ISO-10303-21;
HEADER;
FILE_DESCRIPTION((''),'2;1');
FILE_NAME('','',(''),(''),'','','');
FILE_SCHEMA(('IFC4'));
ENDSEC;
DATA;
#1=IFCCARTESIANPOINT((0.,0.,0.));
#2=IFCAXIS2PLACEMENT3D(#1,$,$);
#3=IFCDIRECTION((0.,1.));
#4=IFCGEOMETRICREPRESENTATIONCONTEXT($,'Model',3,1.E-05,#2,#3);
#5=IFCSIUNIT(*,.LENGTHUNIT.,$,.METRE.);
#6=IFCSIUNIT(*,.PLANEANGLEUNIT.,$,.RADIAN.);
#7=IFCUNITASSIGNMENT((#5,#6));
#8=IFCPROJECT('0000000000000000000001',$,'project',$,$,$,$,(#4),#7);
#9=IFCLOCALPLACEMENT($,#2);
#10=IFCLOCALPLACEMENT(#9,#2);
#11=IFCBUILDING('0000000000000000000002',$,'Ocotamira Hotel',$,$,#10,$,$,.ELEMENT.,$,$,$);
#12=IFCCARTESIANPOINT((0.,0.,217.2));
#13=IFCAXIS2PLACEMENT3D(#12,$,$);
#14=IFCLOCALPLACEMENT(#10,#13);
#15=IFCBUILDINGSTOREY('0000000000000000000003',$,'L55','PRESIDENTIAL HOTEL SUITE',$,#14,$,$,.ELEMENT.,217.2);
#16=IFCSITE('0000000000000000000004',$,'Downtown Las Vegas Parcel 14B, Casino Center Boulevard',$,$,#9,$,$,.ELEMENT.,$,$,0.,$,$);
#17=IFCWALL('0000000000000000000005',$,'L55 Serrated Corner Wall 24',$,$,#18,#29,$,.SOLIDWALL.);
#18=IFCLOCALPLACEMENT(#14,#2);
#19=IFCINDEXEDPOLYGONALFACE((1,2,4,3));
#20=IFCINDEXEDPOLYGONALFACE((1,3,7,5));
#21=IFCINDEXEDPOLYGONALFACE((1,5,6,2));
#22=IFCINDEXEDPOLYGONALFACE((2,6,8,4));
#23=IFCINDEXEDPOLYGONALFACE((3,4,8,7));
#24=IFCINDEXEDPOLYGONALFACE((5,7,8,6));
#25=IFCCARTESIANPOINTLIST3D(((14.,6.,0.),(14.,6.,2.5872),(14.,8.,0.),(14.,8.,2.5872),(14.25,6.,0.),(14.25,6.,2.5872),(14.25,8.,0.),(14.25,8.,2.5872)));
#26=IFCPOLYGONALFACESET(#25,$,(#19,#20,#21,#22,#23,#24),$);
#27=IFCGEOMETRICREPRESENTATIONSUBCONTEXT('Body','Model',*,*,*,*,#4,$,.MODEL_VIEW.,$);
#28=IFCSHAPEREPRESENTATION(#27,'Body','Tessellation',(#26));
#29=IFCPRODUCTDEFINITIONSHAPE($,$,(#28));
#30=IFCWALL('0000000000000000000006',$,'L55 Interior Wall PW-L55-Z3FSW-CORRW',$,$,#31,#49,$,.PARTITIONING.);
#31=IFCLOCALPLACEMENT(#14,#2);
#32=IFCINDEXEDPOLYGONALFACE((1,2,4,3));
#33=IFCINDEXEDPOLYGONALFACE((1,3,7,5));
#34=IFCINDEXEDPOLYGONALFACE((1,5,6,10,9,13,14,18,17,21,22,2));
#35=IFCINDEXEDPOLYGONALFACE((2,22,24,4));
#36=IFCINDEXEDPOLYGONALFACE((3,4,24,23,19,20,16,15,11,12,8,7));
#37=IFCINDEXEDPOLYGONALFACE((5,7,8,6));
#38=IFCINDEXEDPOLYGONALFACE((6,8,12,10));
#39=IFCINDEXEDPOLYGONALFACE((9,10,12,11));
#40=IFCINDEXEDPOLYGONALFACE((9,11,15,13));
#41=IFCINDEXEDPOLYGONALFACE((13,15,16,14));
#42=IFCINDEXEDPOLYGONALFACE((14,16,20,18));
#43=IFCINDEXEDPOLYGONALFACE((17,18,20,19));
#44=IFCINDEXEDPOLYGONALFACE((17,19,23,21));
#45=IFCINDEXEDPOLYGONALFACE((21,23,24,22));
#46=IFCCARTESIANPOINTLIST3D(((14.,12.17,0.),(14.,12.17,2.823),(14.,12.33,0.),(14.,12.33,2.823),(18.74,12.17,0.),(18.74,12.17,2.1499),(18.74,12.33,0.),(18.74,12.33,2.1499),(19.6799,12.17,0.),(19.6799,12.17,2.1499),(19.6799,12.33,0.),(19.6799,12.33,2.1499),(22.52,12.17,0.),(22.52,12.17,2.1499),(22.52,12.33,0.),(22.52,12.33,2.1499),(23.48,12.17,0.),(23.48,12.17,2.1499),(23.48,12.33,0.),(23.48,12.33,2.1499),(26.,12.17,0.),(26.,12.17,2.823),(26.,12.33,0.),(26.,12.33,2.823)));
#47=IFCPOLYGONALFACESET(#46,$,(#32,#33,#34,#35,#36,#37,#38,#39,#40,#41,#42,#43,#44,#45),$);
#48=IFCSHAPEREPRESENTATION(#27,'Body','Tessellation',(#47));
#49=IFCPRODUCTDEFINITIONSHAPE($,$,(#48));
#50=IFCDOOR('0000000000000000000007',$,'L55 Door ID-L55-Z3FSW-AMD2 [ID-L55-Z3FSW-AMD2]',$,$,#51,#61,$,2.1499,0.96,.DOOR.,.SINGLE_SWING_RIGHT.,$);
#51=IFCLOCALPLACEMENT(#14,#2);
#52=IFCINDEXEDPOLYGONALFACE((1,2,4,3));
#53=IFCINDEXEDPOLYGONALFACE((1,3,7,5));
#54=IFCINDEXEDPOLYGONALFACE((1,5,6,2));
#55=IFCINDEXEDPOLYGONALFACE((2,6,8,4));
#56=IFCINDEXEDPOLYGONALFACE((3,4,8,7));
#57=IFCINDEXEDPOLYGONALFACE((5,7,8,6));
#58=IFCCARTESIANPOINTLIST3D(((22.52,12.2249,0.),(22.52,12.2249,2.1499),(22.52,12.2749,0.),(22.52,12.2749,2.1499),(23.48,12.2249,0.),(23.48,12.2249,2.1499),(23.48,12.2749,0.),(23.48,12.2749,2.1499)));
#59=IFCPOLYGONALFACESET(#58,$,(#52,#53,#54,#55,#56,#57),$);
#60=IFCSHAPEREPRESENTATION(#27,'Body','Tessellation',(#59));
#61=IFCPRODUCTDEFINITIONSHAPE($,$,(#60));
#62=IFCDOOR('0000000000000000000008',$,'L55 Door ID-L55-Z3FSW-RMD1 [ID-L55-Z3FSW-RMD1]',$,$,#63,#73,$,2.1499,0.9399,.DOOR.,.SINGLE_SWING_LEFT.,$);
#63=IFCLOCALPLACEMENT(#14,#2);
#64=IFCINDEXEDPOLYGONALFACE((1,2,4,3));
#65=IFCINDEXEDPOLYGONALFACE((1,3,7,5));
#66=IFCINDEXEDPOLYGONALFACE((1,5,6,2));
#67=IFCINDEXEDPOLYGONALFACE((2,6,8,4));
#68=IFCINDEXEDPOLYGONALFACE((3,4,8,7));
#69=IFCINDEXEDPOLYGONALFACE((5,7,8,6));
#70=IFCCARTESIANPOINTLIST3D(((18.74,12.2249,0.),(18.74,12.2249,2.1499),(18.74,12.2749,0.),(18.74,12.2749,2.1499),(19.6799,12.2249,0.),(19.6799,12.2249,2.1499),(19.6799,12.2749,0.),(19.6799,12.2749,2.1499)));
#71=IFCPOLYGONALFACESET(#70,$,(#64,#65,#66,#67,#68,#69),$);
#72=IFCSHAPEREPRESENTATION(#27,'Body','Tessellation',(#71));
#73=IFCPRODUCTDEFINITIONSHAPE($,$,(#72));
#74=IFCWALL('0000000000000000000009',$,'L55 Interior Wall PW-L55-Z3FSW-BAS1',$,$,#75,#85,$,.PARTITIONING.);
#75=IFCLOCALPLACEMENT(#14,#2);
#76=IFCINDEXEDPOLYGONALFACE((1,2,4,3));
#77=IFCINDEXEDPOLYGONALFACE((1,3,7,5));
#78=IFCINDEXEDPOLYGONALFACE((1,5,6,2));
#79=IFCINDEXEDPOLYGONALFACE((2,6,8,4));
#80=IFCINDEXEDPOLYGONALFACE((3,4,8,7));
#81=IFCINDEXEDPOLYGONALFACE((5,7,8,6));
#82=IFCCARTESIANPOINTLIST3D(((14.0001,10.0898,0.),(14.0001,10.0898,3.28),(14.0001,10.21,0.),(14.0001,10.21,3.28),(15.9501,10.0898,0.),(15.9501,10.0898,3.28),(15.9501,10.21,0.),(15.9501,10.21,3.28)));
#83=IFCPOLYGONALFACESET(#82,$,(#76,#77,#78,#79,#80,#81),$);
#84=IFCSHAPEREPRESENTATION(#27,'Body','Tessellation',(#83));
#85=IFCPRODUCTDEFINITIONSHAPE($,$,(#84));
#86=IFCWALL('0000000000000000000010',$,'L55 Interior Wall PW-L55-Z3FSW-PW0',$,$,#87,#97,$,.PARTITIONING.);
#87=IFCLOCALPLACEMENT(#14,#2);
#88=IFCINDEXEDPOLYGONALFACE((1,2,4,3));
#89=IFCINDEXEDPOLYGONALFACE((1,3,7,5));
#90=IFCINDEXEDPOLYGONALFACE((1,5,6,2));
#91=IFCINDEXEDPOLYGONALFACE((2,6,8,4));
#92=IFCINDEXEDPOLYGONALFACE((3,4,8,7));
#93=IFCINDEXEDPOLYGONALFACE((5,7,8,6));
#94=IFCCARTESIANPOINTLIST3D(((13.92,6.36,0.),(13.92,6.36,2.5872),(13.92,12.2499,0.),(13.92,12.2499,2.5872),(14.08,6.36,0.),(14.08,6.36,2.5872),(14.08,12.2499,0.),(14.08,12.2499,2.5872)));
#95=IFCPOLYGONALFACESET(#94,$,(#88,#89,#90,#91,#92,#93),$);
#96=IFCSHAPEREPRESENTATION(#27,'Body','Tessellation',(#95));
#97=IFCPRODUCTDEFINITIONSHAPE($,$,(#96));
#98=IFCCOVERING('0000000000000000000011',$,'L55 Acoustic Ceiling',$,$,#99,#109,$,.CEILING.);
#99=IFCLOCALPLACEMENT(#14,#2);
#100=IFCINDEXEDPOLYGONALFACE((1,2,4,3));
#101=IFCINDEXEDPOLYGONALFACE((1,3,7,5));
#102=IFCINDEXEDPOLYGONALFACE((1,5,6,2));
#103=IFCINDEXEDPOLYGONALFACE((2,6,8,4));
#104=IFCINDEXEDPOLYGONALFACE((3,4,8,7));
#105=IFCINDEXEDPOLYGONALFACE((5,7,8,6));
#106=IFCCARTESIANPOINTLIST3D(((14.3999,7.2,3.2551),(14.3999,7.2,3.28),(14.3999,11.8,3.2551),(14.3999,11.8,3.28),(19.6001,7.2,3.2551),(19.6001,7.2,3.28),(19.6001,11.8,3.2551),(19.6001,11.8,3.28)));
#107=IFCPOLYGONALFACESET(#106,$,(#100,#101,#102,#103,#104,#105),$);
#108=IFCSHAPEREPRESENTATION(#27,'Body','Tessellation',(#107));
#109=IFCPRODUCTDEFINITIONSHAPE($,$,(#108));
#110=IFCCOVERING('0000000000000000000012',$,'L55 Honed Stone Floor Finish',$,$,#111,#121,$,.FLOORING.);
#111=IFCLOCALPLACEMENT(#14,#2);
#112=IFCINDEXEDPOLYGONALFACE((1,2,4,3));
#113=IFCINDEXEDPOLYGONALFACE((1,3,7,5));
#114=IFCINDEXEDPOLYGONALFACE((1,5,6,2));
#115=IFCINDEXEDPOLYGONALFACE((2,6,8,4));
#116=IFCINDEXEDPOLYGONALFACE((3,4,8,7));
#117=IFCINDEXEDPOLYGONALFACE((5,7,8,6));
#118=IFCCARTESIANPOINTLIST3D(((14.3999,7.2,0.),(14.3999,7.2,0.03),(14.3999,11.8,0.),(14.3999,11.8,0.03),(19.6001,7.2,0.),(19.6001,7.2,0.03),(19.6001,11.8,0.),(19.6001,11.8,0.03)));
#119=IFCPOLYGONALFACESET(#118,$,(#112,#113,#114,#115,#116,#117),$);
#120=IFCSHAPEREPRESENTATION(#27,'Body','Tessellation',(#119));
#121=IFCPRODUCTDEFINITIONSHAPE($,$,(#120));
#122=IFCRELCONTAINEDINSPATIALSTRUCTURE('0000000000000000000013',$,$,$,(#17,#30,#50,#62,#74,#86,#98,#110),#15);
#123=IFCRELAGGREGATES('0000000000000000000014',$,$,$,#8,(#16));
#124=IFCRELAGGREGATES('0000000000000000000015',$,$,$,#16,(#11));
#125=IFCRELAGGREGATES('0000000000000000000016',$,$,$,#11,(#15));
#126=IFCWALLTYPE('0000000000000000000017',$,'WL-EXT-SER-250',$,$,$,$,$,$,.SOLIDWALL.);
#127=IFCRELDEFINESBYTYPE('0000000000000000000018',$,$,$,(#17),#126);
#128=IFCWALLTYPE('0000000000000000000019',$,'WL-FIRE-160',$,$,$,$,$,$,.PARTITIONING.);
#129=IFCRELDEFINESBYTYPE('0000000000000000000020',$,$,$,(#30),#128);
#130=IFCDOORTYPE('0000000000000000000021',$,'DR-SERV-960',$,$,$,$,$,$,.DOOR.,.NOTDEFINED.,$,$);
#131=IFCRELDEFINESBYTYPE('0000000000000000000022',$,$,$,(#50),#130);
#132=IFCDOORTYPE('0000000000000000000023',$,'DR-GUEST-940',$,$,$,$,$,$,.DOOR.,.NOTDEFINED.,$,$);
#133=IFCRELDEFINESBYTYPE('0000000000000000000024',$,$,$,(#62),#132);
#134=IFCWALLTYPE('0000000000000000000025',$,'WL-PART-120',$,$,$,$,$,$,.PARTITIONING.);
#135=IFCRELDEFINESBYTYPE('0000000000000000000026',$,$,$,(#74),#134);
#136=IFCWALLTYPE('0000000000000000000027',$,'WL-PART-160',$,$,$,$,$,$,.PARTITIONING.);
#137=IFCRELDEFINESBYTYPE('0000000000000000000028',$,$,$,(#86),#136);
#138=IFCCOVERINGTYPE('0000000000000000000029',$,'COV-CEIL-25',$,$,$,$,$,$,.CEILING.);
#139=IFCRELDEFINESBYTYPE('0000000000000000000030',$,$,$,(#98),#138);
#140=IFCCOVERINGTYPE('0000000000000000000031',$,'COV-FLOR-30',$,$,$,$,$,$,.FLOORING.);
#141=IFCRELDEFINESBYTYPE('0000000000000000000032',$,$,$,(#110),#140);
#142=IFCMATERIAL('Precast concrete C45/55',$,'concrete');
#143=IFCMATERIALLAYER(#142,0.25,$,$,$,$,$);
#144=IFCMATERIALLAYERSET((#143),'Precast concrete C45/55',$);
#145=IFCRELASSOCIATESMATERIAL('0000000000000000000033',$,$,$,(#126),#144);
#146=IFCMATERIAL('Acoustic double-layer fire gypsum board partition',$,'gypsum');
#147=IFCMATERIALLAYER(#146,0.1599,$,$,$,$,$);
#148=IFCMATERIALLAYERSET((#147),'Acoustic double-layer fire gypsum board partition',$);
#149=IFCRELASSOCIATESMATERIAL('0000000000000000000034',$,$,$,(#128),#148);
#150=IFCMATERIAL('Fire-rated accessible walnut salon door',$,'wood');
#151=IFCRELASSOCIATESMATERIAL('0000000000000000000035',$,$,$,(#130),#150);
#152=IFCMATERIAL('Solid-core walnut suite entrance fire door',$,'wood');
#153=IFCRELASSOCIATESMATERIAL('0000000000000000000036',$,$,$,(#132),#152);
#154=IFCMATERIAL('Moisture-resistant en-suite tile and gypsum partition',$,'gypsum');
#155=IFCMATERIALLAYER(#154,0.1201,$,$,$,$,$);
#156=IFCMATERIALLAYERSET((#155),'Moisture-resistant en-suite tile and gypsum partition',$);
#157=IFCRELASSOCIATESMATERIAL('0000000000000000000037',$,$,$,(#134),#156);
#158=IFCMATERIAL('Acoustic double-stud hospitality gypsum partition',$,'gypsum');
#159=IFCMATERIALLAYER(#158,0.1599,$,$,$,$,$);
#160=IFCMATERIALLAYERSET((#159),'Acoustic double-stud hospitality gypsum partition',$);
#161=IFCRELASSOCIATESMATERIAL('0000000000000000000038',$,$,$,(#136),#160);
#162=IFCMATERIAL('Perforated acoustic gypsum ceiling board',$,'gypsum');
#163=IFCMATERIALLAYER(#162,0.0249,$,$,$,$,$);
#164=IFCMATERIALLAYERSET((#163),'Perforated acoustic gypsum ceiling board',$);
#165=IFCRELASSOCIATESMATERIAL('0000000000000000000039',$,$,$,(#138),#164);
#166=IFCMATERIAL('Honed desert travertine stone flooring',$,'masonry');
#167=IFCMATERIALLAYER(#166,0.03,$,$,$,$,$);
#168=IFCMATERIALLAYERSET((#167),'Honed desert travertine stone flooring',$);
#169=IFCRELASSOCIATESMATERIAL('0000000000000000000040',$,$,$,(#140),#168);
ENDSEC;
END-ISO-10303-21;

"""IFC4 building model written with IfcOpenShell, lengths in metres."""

from ifc_helpers import new_model, si_unit, direction, frame, frame_2d, origin, place, context, subcontext, project, spatial, polyline, rectangle, outline, extrude, source, transform, mapped, material, layer, layer_set, type_object, element, fill, save


model = new_model("IFC4")

# Units and contexts
model_context = context("Model", 3, precision=1e-05, world=origin(), true_north=direction((0.0, 1.0)))
body_context = subcontext(model_context, "Body", "Model", "MODEL_VIEW")
ifc_project = project(units=[si_unit("LENGTHUNIT", "METRE"), si_unit("PLANEANGLEUNIT", "RADIAN")], contexts=[model_context])

# Site, building, storey
site_placement = place(None, origin())
site = spatial("IfcSite", under=ifc_project, at=site_placement, Name="Downtown Las Vegas Parcel 14B, Casino Center Boulevard", CompositionType="ELEMENT", RefElevation=0.0)
building_placement = place(site_placement, origin())
building = spatial("IfcBuilding", under=site, at=building_placement, Name="Ocotamira Hotel", CompositionType="ELEMENT")
storey_placement = place(building_placement, frame((0.0, 0.0, 217.2)))
storey = spatial("IfcBuildingStorey", under=building, at=storey_placement, Name="L55", Description="PRESIDENTIAL HOTEL SUITE", CompositionType="ELEMENT", Elevation=217.2)

# Wall
ifc_material_1 = material(Name="Precast concrete C45/55", Category="concrete")
ifc_layer_1 = layer(ifc_material_1, 0.25)
ifc_layer_set_1 = layer_set([ifc_layer_1], Name="Precast concrete C45/55")
wall_type_1 = type_object("IfcWallType", Name="WL-EXT-SER-250", PredefinedType="SOLIDWALL", material=ifc_layer_set_1)
wall_1_placement = place(storey_placement, frame((14.125, 8.0, 0.0), z_axis=(0.0, 0.0, 1.0), x_axis=(0.0, -1.0, 0.0)))
element("IfcWall", 1, at=wall_1_placement, inside=storey, type_object=wall_type_1, Name="L55 Serrated Corner Wall 24", PredefinedType="SOLIDWALL", context=body_context, shape_type="SweptSolid", body=[
    extrude(rectangle(XDim=2.0, YDim=0.25, at=frame_2d((1.0, 0.0))), origin(), (0.0, 0.0, 1.0), 2.5872),
])

# Shared definitions
ifc_material_2 = material(Name="Acoustic double-layer fire gypsum board partition", Category="gypsum")
ifc_layer_2 = layer(ifc_material_2, 0.1599)
ifc_layer_set_2 = layer_set([ifc_layer_2], Name="Acoustic double-layer fire gypsum board partition")
wall_type_2 = type_object("IfcWallType", Name="WL-FIRE-160", PredefinedType="PARTITIONING", material=ifc_layer_set_2)
ifc_material_3 = material(Name="Fire-rated accessible walnut salon door", Category="wood")
door_type_1 = type_object("IfcDoorType", Name="DR-SERV-960", OperationType="NOTDEFINED", PredefinedType="DOOR", material=ifc_material_3)
shared_shape_1 = source(origin(), body_context, "Body", "SweptSolid", [
    extrude(rectangle(XDim=0.96, YDim=2.1499, at=frame_2d((0.48, 1.075))), frame((0.0, 0.0249, 0.0), z_axis=(0.0, -1.0, 0.0), x_axis=(1.0, 0.0, 0.0)), (0.0, 0.0, 1.0), 0.05),
])

# Wall, openings, doors
wall_2_placement = place(storey_placement, frame((14.0, 12.25, 0.0), z_axis=(0.0, 0.0, 1.0), x_axis=(1.0, 0.0, 0.0)))
wall_2 = element("IfcWall", 2, at=wall_2_placement, inside=storey, type_object=wall_type_2, Name="L55 Interior Wall PW-L55-Z3FSW-CORRW", PredefinedType="PARTITIONING", context=body_context, shape_type="SweptSolid", body=[
    extrude(rectangle(XDim=12.0, YDim=0.1599, at=frame_2d((6.0, 0.0))), origin(), (0.0, 0.0, 1.0), 2.823),
])
opening_1_placement = place(wall_2_placement, frame((4.74, 0.0, 0.0)))
opening_1 = element("IfcOpeningElement", 3, at=opening_1_placement, cuts=wall_2, PredefinedType="OPENING", context=body_context, shape_type="SweptSolid", body=[
    extrude(rectangle(XDim=0.9399, YDim=2.1499, at=frame_2d((0.47, 1.075))), frame((0.0, 0.0898, 0.0), z_axis=(0.0, -1.0, 0.0), x_axis=(1.0, 0.0, 0.0)), (0.0, 0.0, 1.0), 0.1799),
])
opening_2_placement = place(wall_2_placement, frame((8.52, 0.0, 0.0)))
opening_2 = element("IfcOpeningElement", 4, at=opening_2_placement, cuts=wall_2, PredefinedType="OPENING", context=body_context, shape_type="SweptSolid", body=[
    extrude(rectangle(XDim=0.96, YDim=2.1499, at=frame_2d((0.48, 1.075))), frame((0.0, 0.0898, 0.0), z_axis=(0.0, -1.0, 0.0), x_axis=(1.0, 0.0, 0.0)), (0.0, 0.0, 1.0), 0.1799),
])
door_1_placement = place(opening_2_placement, origin())
door_1 = element("IfcDoor", 5, at=door_1_placement, inside=storey, type_object=door_type_1, Name="L55 Door ID-L55-Z3FSW-AMD2 [ID-L55-Z3FSW-AMD2]", OperationType="SINGLE_SWING_RIGHT", OverallHeight=2.1499, OverallWidth=0.96, PredefinedType="DOOR", context=body_context, shape_type="MappedRepresentation", body=[
    mapped(shared_shape_1, transform((0.0, 0.0, 0.0), scale=1.0)),
])
fill(opening_2, door_1)
ifc_material_4 = material(Name="Solid-core walnut suite entrance fire door", Category="wood")
door_type_2 = type_object("IfcDoorType", Name="DR-GUEST-940", OperationType="NOTDEFINED", PredefinedType="DOOR", material=ifc_material_4)
shared_shape_2 = source(origin(), body_context, "Body", "SweptSolid", [
    extrude(rectangle(XDim=0.9399, YDim=2.1499, at=frame_2d((0.47, 1.075))), frame((0.0, 0.0249, 0.0), z_axis=(0.0, -1.0, 0.0), x_axis=(1.0, 0.0, 0.0)), (0.0, 0.0, 1.0), 0.05),
])
door_2_placement = place(opening_1_placement, origin())
door_2 = element("IfcDoor", 6, at=door_2_placement, inside=storey, type_object=door_type_2, Name="L55 Door ID-L55-Z3FSW-RMD1 [ID-L55-Z3FSW-RMD1]", OperationType="SINGLE_SWING_LEFT", OverallHeight=2.1499, OverallWidth=0.9399, PredefinedType="DOOR", context=body_context, shape_type="MappedRepresentation", body=[
    mapped(shared_shape_2, transform((0.0, 0.0, 0.0), scale=1.0)),
])
fill(opening_1, door_2)

# Walls
ifc_material_5 = material(Name="Moisture-resistant en-suite tile and gypsum partition", Category="gypsum")
ifc_layer_3 = layer(ifc_material_5, 0.1201)
ifc_layer_set_3 = layer_set([ifc_layer_3], Name="Moisture-resistant en-suite tile and gypsum partition")
wall_type_3 = type_object("IfcWallType", Name="WL-PART-120", PredefinedType="PARTITIONING", material=ifc_layer_set_3)
wall_3_placement = place(storey_placement, frame((14.0, 10.1499, 0.0), z_axis=(0.0, 0.0, 1.0), x_axis=(1.0, 0.0, 0.0)))
element("IfcWall", 7, at=wall_3_placement, inside=storey, type_object=wall_type_3, Name="L55 Interior Wall PW-L55-Z3FSW-BAS1", PredefinedType="PARTITIONING", context=body_context, shape_type="SweptSolid", body=[
    extrude(rectangle(XDim=1.95, YDim=0.1201, at=frame_2d((0.9751, 0.0))), origin(), (0.0, 0.0, 1.0), 3.28),
])
ifc_material_6 = material(Name="Acoustic double-stud hospitality gypsum partition", Category="gypsum")
ifc_layer_4 = layer(ifc_material_6, 0.1599)
ifc_layer_set_4 = layer_set([ifc_layer_4], Name="Acoustic double-stud hospitality gypsum partition")
wall_type_4 = type_object("IfcWallType", Name="WL-PART-160", PredefinedType="PARTITIONING", material=ifc_layer_set_4)
wall_4_placement = place(storey_placement, frame((14.0, 6.3601, 0.0), z_axis=(0.0, 0.0, 1.0), x_axis=(0.0, 1.0, 0.0)))
element("IfcWall", 8, at=wall_4_placement, inside=storey, type_object=wall_type_4, Name="L55 Interior Wall PW-L55-Z3FSW-PW0", PredefinedType="PARTITIONING", context=body_context, shape_type="SweptSolid", body=[
    extrude(rectangle(XDim=5.8899, YDim=0.1599, at=frame_2d((2.9448, 0.0))), origin(), (0.0, 0.0, 1.0), 2.5872),
])

# Coverings
ifc_material_7 = material(Name="Perforated acoustic gypsum ceiling board", Category="gypsum")
ifc_layer_5 = layer(ifc_material_7, 0.0249)
ifc_layer_set_5 = layer_set([ifc_layer_5], Name="Perforated acoustic gypsum ceiling board")
covering_type_1 = type_object("IfcCoveringType", Name="COV-CEIL-25", PredefinedType="CEILING", material=ifc_layer_set_5)
covering_1_placement = place(storey_placement, frame((0.0, 0.0, 3.2551)))
element("IfcCovering", 9, at=covering_1_placement, inside=storey, type_object=covering_type_1, Name="L55 Acoustic Ceiling", PredefinedType="CEILING", context=body_context, shape_type="SweptSolid", body=[
    extrude(outline(polyline([(14.3999, 7.2), (19.6001, 7.2), (19.6001, 11.8), (14.3999, 11.8), (14.3999, 7.2)])), origin(), (0.0, 0.0, 1.0), 0.0249),
])
ifc_material_8 = material(Name="Honed desert travertine stone flooring", Category="masonry")
ifc_layer_6 = layer(ifc_material_8, 0.03)
ifc_layer_set_6 = layer_set([ifc_layer_6], Name="Honed desert travertine stone flooring")
covering_type_2 = type_object("IfcCoveringType", Name="COV-FLOR-30", PredefinedType="FLOORING", material=ifc_layer_set_6)
covering_2_placement = place(storey_placement, origin())
element("IfcCovering", 10, at=covering_2_placement, inside=storey, type_object=covering_type_2, Name="L55 Honed Stone Floor Finish", PredefinedType="FLOORING", context=body_context, shape_type="SweptSolid", body=[
    extrude(outline(polyline([(14.3999, 7.2), (19.6001, 7.2), (19.6001, 11.8), (14.3999, 11.8), (14.3999, 7.2)])), origin(), (0.0, 0.0, 1.0), 0.03),
])

save(model, "model.ifc")
